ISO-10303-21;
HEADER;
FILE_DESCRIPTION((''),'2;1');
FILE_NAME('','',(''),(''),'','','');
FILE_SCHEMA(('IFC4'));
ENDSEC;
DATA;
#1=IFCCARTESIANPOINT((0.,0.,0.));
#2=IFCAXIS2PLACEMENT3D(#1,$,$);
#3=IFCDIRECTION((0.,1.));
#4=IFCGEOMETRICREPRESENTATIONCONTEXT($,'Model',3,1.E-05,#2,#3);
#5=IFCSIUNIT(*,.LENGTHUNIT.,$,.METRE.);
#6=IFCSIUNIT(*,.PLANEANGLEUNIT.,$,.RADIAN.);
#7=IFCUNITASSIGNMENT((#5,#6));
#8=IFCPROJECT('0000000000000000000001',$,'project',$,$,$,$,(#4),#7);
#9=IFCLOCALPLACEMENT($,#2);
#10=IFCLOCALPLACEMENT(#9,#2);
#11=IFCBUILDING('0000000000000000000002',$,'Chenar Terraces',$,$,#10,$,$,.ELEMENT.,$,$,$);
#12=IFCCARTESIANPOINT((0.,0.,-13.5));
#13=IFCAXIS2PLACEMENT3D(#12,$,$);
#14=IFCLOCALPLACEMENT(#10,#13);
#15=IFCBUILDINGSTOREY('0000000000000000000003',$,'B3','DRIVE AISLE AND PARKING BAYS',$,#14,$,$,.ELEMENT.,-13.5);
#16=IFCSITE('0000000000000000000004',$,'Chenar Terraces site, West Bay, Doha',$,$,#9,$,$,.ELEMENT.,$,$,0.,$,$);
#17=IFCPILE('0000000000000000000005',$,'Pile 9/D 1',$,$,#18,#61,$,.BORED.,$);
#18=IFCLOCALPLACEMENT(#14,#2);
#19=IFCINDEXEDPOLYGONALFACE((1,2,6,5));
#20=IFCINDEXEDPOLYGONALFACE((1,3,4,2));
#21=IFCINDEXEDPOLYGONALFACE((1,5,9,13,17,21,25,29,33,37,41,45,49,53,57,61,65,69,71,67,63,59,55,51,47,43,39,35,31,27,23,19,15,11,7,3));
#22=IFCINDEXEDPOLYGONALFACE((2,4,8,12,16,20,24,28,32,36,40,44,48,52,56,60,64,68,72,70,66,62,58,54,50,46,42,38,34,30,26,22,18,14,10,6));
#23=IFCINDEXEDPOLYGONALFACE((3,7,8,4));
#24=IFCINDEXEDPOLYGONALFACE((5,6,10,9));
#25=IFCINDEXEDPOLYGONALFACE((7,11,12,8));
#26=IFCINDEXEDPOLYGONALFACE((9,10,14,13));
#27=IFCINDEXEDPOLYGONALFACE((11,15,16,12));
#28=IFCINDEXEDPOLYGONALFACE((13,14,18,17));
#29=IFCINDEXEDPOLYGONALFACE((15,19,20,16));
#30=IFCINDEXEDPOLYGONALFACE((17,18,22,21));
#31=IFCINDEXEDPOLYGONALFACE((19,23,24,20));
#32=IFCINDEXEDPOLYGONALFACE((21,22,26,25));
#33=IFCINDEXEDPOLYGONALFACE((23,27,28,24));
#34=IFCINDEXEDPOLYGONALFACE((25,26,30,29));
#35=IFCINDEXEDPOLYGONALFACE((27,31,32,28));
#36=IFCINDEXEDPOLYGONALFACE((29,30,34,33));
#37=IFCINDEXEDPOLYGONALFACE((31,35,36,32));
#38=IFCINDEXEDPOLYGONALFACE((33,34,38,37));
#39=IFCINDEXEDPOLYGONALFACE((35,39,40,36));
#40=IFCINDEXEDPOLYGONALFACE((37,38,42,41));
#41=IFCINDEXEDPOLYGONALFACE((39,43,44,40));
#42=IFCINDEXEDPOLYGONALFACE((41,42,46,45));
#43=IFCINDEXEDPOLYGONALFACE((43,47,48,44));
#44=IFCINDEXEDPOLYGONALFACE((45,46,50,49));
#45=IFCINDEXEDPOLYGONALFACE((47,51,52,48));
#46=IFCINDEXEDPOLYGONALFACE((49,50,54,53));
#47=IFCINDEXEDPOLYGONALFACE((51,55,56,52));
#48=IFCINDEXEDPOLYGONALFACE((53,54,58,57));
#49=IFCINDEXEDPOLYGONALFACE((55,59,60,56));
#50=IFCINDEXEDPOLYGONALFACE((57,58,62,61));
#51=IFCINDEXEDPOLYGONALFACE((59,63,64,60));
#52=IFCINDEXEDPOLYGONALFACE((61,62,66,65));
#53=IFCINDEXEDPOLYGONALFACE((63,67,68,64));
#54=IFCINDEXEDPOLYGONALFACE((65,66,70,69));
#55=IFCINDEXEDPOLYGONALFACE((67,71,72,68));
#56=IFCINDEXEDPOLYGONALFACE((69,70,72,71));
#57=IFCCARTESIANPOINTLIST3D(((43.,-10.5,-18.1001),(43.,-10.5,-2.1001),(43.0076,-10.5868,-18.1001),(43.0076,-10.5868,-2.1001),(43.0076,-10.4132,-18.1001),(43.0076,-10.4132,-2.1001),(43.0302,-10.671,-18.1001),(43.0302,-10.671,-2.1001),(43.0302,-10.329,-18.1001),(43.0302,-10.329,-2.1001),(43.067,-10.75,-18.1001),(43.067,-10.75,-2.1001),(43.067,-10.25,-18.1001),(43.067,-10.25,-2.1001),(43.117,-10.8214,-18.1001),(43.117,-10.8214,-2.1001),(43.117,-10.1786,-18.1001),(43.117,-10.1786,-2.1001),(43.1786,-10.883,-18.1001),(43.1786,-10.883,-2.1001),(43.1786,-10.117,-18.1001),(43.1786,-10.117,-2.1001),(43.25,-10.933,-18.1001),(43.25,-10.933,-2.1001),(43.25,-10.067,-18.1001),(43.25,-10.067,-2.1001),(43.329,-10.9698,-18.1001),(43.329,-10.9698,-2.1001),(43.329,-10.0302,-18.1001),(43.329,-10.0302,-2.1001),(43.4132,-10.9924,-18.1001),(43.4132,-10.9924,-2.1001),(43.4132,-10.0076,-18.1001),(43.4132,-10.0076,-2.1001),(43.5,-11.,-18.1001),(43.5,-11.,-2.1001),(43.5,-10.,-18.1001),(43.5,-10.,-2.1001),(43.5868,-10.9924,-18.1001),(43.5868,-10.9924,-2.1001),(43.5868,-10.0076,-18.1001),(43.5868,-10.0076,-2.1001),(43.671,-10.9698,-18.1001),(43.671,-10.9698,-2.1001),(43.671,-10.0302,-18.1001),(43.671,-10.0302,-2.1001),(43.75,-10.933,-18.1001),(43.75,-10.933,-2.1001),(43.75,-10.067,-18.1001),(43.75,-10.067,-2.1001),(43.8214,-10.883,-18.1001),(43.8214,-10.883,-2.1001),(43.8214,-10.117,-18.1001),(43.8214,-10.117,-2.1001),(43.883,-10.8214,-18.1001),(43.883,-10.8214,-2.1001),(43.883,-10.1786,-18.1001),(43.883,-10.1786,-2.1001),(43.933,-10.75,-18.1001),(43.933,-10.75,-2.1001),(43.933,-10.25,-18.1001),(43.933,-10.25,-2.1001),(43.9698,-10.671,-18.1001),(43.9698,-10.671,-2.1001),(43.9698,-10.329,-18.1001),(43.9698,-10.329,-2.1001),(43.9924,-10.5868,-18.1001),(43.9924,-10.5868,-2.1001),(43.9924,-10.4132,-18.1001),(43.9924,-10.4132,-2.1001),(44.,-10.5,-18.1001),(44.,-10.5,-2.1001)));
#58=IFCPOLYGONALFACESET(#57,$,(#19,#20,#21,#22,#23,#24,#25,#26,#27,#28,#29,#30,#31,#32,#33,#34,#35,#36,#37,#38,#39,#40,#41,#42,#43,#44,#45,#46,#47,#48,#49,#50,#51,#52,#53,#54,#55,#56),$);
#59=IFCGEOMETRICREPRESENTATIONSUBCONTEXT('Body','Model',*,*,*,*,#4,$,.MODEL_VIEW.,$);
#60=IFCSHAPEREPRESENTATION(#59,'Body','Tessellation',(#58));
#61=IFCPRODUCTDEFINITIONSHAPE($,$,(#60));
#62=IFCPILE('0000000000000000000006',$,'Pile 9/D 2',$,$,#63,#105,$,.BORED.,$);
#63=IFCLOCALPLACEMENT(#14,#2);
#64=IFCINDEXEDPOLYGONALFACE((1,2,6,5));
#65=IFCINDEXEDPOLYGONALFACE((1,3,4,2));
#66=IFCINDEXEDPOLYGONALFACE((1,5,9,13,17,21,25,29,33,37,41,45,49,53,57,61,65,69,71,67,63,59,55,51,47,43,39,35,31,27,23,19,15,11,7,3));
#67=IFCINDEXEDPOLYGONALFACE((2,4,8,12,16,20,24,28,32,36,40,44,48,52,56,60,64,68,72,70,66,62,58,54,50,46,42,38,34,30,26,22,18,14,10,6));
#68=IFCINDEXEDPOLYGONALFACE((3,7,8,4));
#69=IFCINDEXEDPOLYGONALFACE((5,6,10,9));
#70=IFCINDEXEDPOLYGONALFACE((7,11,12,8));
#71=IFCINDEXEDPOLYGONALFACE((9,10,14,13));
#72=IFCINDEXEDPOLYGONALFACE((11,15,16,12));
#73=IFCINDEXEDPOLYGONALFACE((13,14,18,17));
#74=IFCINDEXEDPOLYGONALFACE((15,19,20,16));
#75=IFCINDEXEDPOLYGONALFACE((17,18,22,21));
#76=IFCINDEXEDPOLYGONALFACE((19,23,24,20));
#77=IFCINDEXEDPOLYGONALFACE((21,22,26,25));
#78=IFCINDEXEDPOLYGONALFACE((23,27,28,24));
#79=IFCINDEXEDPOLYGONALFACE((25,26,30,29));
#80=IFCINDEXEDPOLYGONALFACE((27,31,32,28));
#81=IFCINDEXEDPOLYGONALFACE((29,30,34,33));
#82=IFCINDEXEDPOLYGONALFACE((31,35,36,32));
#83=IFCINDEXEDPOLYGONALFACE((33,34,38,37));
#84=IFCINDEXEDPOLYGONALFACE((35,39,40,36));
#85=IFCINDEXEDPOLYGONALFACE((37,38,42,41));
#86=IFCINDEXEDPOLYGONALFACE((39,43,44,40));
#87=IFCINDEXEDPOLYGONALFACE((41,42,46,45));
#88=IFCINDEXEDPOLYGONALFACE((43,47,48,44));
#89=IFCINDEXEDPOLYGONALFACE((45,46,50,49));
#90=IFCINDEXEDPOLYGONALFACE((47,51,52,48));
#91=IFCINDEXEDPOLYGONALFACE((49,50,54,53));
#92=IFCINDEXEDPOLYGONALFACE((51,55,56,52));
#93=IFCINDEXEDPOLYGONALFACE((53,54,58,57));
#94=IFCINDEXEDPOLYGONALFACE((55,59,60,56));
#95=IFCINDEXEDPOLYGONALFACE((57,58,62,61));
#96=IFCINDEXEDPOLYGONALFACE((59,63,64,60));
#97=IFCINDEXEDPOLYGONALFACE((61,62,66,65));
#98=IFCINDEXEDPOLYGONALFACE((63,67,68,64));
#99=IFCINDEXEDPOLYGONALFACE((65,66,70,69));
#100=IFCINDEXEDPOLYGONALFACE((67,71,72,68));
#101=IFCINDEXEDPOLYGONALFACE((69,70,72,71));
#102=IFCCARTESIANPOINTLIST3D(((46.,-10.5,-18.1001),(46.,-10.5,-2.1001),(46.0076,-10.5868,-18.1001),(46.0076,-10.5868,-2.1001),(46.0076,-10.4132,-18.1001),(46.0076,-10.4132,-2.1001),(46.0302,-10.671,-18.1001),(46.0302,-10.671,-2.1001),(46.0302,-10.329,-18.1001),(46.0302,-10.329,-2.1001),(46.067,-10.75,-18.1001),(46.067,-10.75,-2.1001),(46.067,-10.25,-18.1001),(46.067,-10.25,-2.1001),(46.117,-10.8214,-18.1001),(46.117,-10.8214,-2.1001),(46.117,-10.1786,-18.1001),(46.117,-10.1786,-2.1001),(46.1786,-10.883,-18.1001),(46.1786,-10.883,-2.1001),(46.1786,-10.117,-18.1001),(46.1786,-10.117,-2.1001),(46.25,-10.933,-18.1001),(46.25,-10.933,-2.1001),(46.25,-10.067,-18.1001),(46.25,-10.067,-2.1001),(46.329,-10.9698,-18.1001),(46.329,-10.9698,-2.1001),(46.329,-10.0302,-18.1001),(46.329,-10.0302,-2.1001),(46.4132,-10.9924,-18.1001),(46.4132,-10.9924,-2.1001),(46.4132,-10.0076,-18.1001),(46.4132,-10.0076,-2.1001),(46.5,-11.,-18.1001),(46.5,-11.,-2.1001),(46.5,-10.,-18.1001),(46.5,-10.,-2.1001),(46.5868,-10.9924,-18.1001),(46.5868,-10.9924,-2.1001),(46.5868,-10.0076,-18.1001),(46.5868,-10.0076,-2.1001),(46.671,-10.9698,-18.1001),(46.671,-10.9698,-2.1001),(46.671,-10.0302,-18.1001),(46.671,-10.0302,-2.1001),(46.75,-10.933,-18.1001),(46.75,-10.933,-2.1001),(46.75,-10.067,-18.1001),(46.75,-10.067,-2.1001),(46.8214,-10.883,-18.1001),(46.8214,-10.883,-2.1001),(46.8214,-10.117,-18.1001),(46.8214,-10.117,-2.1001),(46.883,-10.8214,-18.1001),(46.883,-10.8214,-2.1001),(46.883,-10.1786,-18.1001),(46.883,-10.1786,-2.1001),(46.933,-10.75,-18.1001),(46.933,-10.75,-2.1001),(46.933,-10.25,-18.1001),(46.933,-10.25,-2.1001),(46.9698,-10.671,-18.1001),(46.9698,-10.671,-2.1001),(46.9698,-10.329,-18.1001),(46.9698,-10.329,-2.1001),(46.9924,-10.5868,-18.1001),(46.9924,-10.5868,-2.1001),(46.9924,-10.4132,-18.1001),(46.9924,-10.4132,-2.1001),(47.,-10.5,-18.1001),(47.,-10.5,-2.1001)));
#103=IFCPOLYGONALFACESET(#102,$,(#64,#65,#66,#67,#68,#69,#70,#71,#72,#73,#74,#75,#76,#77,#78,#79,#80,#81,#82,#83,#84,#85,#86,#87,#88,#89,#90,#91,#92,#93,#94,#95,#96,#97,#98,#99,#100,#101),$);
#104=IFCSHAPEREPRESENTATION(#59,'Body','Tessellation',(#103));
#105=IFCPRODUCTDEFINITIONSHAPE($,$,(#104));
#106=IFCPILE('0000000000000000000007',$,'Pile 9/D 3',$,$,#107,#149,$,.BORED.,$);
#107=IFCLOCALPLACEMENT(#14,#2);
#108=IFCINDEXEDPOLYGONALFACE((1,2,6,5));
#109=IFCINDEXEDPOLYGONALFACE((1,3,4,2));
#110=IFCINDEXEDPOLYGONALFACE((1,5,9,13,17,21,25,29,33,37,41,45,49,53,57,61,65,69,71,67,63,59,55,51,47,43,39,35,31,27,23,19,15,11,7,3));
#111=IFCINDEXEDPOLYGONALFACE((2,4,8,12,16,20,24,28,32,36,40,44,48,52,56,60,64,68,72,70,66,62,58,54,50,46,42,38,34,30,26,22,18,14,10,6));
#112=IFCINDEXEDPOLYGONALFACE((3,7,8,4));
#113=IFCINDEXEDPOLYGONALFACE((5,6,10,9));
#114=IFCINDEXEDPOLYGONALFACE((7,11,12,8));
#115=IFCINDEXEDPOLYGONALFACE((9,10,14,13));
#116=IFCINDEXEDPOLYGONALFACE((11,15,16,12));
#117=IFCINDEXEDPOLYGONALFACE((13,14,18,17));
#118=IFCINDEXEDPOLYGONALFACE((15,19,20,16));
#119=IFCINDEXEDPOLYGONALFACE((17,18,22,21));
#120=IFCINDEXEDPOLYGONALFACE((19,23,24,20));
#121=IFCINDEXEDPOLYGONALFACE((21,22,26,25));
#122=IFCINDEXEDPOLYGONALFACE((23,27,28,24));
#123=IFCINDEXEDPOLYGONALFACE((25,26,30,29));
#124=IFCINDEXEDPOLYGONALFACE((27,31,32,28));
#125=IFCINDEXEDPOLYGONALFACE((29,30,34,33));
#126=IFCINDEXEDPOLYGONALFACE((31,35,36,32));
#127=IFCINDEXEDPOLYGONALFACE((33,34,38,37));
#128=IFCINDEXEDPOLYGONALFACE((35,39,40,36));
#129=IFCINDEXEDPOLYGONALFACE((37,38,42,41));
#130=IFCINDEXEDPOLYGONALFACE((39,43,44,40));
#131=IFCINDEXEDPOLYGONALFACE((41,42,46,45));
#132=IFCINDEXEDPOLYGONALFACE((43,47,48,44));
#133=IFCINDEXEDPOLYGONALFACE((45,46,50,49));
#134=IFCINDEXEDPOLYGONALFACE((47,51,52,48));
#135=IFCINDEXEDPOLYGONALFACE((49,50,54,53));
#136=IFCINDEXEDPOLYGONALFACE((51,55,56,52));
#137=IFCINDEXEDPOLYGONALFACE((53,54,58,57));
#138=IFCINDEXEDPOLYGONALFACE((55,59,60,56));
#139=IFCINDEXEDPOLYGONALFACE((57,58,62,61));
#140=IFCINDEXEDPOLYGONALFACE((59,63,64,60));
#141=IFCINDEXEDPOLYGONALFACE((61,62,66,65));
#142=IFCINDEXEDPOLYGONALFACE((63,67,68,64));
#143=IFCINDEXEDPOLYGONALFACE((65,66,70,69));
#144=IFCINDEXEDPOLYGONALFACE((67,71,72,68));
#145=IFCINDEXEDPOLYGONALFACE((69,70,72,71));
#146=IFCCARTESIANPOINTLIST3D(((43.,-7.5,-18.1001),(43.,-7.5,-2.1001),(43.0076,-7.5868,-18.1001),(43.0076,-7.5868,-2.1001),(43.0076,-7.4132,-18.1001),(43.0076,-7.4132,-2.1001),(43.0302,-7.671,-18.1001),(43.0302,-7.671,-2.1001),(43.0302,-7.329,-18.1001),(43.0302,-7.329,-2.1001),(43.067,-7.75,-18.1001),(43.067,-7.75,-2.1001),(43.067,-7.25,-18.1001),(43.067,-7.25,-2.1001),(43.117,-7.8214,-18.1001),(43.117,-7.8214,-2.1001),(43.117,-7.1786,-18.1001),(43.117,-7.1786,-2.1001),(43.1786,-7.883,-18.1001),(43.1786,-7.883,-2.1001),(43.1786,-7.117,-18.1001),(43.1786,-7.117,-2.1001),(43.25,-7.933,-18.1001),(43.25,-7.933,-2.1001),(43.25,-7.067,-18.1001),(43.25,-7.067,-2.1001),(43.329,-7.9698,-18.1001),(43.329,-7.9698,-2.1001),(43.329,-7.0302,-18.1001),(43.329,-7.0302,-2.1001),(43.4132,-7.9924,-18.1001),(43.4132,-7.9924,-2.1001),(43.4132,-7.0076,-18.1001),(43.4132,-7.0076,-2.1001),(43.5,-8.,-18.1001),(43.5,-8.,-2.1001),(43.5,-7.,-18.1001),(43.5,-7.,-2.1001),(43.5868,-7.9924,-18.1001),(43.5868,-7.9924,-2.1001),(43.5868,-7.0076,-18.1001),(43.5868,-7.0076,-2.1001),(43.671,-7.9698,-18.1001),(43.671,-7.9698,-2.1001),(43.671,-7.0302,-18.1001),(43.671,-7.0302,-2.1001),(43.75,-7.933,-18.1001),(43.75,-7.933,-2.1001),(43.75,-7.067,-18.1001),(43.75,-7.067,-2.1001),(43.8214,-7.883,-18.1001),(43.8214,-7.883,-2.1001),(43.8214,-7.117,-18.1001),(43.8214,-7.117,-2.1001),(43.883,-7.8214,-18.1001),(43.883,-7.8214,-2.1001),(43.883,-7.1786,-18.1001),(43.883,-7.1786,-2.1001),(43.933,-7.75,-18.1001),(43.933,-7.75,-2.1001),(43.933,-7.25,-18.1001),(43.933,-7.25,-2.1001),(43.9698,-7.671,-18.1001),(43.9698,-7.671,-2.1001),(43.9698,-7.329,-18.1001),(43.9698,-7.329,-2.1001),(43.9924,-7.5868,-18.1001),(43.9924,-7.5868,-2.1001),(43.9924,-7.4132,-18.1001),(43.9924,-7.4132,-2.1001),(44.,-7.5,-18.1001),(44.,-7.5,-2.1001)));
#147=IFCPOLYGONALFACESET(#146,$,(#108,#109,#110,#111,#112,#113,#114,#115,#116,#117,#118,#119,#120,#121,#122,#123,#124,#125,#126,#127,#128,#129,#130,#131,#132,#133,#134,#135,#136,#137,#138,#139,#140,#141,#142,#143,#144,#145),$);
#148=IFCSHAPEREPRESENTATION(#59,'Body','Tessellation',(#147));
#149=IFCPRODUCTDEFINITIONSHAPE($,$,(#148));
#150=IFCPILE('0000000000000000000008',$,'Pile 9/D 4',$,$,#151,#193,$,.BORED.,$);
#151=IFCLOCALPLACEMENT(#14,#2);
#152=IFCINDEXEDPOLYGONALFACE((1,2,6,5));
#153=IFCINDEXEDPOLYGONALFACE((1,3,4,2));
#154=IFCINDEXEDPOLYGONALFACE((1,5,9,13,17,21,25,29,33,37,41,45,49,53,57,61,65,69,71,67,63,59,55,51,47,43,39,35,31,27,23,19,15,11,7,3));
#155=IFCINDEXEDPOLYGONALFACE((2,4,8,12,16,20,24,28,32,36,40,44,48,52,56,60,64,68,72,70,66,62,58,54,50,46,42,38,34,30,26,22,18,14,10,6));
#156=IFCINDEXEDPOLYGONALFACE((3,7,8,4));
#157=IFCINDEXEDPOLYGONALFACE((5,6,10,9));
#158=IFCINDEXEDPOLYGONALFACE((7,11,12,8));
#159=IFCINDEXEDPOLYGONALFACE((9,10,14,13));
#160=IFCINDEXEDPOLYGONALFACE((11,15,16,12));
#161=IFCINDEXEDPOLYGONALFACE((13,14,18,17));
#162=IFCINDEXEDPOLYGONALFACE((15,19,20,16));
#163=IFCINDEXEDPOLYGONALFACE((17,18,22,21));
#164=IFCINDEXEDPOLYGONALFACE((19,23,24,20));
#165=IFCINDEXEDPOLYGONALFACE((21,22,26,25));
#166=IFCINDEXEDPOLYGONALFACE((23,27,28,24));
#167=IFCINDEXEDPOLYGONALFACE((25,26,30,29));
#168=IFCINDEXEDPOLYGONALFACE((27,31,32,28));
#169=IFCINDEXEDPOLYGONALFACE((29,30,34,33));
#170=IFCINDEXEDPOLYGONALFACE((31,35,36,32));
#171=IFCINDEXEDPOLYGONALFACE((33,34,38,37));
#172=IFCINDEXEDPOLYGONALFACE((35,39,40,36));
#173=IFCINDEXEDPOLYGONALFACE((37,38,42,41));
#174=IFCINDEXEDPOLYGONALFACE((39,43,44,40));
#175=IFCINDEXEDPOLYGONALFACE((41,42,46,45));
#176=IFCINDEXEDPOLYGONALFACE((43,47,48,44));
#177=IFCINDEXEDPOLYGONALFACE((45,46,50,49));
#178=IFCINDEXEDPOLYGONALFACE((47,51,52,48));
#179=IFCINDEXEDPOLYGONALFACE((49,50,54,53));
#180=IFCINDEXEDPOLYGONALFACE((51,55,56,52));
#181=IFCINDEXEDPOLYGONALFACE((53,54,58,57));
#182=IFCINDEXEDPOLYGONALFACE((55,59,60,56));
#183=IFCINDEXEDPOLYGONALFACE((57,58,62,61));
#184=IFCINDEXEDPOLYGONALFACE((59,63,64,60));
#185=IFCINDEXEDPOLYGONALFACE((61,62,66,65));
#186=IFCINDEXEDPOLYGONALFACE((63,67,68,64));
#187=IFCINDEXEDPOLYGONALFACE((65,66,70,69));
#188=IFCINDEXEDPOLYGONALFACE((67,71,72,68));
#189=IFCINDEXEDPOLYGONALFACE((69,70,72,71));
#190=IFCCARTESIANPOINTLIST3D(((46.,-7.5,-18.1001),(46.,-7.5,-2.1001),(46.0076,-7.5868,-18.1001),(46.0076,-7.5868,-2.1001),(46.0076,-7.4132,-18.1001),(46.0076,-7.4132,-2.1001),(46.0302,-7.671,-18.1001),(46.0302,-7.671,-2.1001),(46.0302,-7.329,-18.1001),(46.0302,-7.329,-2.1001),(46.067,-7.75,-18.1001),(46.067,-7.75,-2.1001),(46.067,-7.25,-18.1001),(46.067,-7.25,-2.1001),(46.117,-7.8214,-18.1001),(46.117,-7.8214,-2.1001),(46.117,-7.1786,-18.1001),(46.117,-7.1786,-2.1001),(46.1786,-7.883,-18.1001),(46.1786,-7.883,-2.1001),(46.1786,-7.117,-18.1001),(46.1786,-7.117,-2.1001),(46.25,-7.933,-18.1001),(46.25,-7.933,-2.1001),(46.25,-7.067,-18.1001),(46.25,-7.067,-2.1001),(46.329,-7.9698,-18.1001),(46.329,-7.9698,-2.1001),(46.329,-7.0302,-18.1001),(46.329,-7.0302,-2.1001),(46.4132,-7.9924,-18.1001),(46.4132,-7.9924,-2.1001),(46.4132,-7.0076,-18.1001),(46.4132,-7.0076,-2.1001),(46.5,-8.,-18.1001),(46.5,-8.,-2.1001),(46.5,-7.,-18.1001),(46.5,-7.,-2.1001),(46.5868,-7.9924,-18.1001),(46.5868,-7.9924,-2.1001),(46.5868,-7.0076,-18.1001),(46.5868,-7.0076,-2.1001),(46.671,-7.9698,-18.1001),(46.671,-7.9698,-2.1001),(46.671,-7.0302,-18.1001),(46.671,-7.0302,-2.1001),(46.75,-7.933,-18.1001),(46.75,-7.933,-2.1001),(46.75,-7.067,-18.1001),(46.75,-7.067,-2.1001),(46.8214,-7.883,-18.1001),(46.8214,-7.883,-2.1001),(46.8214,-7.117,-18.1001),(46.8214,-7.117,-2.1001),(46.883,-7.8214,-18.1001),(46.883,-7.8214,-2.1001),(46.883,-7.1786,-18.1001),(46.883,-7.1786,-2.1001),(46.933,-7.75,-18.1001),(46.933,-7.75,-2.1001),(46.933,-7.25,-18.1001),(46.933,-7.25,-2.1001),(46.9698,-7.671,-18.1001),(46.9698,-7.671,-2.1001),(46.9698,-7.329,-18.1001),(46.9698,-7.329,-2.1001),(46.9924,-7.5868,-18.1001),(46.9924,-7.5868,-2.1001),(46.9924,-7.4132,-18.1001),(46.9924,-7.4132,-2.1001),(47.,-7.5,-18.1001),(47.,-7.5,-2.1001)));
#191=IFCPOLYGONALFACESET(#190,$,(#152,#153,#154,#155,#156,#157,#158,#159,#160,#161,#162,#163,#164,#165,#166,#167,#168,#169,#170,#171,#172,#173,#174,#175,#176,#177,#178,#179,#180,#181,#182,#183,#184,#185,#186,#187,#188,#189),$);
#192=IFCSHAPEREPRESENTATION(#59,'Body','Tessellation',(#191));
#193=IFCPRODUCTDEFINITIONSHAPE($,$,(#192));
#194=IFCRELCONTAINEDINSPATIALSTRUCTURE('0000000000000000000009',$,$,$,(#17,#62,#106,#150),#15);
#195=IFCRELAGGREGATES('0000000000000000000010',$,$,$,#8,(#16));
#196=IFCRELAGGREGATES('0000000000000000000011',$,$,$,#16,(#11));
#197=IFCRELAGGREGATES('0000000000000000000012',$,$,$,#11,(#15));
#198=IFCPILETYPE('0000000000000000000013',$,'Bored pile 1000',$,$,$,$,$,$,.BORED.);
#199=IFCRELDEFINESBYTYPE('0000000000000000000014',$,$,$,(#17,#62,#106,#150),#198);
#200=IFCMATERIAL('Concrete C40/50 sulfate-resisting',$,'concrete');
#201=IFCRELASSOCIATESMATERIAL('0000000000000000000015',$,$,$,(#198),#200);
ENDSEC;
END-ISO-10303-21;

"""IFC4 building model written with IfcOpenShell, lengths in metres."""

from ifc_helpers import new_model, si_unit, direction, frame, origin, origin_2d, place, context, subcontext, project, spatial, circle, extrude, material, material_profile, profile_set, type_object, element, save


model = new_model("IFC4")

# Units and contexts
model_context = context("Model", 3, precision=1e-05, world=origin(), true_north=direction((0.0, 1.0)))
body_context = subcontext(model_context, "Body", "Model", "MODEL_VIEW")
ifc_project = project(units=[si_unit("LENGTHUNIT", "METRE"), si_unit("PLANEANGLEUNIT", "RADIAN")], contexts=[model_context])

# Site, building, storey
site_placement = place(None, origin())
site = spatial("IfcSite", under=ifc_project, at=site_placement, Name="Chenar Terraces site, West Bay, Doha", CompositionType="ELEMENT", RefElevation=0.0)
building_placement = place(site_placement, origin())
building = spatial("IfcBuilding", under=site, at=building_placement, Name="Chenar Terraces", CompositionType="ELEMENT")
storey_placement = place(building_placement, frame((0.0, 0.0, -13.5)))
storey = spatial("IfcBuildingStorey", under=building, at=storey_placement, Name="B3", Description="DRIVE AISLE AND PARKING BAYS", CompositionType="ELEMENT", Elevation=-13.5)

# Piles
ifc_material_1 = material(Name="Concrete C40/50 sulfate-resisting", Category="concrete")
ifc_material_profile_1 = material_profile(ifc_material_1, circle(Radius=0.5, at=origin_2d()), Name="BP 1000")
ifc_profile_set_1 = profile_set([ifc_material_profile_1], Name="Concrete C40/50 sulfate-resisting")
pile_type_1 = type_object("IfcPileType", Name="Bored pile 1000", PredefinedType="BORED", material=ifc_profile_set_1)
for number, where, z_axis, x_axis, name in (
    (1, (43.5, -10.5, -2.1001), (0.0, 0.0, -1.0), (1.0, 0.0, 0.0), "Pile 9/D 1"),
    (2, (46.5, -10.5, -2.1001), (0.0, 0.0, -1.0), (1.0, 0.0, 0.0), "Pile 9/D 2"),
    (3, (43.5, -7.5, -2.1001), (0.0, 0.0, -1.0), (1.0, 0.0, 0.0), "Pile 9/D 3"),
    (4, (46.5, -7.5, -2.1001), (0.0, 0.0, -1.0), (1.0, 0.0, 0.0), "Pile 9/D 4"),
):
    element("IfcPile", number, at=place(storey_placement, frame(where, z_axis=z_axis, x_axis=x_axis)), inside=storey, type_object=pile_type_1, Name=name, PredefinedType="BORED", context=body_context, shape_type="SweptSolid", body=[
        extrude(circle(Radius=0.5, at=origin_2d()), origin(), (0.0, 0.0, 1.0), 16.0),
    ])

save(model, "model.ifc")
